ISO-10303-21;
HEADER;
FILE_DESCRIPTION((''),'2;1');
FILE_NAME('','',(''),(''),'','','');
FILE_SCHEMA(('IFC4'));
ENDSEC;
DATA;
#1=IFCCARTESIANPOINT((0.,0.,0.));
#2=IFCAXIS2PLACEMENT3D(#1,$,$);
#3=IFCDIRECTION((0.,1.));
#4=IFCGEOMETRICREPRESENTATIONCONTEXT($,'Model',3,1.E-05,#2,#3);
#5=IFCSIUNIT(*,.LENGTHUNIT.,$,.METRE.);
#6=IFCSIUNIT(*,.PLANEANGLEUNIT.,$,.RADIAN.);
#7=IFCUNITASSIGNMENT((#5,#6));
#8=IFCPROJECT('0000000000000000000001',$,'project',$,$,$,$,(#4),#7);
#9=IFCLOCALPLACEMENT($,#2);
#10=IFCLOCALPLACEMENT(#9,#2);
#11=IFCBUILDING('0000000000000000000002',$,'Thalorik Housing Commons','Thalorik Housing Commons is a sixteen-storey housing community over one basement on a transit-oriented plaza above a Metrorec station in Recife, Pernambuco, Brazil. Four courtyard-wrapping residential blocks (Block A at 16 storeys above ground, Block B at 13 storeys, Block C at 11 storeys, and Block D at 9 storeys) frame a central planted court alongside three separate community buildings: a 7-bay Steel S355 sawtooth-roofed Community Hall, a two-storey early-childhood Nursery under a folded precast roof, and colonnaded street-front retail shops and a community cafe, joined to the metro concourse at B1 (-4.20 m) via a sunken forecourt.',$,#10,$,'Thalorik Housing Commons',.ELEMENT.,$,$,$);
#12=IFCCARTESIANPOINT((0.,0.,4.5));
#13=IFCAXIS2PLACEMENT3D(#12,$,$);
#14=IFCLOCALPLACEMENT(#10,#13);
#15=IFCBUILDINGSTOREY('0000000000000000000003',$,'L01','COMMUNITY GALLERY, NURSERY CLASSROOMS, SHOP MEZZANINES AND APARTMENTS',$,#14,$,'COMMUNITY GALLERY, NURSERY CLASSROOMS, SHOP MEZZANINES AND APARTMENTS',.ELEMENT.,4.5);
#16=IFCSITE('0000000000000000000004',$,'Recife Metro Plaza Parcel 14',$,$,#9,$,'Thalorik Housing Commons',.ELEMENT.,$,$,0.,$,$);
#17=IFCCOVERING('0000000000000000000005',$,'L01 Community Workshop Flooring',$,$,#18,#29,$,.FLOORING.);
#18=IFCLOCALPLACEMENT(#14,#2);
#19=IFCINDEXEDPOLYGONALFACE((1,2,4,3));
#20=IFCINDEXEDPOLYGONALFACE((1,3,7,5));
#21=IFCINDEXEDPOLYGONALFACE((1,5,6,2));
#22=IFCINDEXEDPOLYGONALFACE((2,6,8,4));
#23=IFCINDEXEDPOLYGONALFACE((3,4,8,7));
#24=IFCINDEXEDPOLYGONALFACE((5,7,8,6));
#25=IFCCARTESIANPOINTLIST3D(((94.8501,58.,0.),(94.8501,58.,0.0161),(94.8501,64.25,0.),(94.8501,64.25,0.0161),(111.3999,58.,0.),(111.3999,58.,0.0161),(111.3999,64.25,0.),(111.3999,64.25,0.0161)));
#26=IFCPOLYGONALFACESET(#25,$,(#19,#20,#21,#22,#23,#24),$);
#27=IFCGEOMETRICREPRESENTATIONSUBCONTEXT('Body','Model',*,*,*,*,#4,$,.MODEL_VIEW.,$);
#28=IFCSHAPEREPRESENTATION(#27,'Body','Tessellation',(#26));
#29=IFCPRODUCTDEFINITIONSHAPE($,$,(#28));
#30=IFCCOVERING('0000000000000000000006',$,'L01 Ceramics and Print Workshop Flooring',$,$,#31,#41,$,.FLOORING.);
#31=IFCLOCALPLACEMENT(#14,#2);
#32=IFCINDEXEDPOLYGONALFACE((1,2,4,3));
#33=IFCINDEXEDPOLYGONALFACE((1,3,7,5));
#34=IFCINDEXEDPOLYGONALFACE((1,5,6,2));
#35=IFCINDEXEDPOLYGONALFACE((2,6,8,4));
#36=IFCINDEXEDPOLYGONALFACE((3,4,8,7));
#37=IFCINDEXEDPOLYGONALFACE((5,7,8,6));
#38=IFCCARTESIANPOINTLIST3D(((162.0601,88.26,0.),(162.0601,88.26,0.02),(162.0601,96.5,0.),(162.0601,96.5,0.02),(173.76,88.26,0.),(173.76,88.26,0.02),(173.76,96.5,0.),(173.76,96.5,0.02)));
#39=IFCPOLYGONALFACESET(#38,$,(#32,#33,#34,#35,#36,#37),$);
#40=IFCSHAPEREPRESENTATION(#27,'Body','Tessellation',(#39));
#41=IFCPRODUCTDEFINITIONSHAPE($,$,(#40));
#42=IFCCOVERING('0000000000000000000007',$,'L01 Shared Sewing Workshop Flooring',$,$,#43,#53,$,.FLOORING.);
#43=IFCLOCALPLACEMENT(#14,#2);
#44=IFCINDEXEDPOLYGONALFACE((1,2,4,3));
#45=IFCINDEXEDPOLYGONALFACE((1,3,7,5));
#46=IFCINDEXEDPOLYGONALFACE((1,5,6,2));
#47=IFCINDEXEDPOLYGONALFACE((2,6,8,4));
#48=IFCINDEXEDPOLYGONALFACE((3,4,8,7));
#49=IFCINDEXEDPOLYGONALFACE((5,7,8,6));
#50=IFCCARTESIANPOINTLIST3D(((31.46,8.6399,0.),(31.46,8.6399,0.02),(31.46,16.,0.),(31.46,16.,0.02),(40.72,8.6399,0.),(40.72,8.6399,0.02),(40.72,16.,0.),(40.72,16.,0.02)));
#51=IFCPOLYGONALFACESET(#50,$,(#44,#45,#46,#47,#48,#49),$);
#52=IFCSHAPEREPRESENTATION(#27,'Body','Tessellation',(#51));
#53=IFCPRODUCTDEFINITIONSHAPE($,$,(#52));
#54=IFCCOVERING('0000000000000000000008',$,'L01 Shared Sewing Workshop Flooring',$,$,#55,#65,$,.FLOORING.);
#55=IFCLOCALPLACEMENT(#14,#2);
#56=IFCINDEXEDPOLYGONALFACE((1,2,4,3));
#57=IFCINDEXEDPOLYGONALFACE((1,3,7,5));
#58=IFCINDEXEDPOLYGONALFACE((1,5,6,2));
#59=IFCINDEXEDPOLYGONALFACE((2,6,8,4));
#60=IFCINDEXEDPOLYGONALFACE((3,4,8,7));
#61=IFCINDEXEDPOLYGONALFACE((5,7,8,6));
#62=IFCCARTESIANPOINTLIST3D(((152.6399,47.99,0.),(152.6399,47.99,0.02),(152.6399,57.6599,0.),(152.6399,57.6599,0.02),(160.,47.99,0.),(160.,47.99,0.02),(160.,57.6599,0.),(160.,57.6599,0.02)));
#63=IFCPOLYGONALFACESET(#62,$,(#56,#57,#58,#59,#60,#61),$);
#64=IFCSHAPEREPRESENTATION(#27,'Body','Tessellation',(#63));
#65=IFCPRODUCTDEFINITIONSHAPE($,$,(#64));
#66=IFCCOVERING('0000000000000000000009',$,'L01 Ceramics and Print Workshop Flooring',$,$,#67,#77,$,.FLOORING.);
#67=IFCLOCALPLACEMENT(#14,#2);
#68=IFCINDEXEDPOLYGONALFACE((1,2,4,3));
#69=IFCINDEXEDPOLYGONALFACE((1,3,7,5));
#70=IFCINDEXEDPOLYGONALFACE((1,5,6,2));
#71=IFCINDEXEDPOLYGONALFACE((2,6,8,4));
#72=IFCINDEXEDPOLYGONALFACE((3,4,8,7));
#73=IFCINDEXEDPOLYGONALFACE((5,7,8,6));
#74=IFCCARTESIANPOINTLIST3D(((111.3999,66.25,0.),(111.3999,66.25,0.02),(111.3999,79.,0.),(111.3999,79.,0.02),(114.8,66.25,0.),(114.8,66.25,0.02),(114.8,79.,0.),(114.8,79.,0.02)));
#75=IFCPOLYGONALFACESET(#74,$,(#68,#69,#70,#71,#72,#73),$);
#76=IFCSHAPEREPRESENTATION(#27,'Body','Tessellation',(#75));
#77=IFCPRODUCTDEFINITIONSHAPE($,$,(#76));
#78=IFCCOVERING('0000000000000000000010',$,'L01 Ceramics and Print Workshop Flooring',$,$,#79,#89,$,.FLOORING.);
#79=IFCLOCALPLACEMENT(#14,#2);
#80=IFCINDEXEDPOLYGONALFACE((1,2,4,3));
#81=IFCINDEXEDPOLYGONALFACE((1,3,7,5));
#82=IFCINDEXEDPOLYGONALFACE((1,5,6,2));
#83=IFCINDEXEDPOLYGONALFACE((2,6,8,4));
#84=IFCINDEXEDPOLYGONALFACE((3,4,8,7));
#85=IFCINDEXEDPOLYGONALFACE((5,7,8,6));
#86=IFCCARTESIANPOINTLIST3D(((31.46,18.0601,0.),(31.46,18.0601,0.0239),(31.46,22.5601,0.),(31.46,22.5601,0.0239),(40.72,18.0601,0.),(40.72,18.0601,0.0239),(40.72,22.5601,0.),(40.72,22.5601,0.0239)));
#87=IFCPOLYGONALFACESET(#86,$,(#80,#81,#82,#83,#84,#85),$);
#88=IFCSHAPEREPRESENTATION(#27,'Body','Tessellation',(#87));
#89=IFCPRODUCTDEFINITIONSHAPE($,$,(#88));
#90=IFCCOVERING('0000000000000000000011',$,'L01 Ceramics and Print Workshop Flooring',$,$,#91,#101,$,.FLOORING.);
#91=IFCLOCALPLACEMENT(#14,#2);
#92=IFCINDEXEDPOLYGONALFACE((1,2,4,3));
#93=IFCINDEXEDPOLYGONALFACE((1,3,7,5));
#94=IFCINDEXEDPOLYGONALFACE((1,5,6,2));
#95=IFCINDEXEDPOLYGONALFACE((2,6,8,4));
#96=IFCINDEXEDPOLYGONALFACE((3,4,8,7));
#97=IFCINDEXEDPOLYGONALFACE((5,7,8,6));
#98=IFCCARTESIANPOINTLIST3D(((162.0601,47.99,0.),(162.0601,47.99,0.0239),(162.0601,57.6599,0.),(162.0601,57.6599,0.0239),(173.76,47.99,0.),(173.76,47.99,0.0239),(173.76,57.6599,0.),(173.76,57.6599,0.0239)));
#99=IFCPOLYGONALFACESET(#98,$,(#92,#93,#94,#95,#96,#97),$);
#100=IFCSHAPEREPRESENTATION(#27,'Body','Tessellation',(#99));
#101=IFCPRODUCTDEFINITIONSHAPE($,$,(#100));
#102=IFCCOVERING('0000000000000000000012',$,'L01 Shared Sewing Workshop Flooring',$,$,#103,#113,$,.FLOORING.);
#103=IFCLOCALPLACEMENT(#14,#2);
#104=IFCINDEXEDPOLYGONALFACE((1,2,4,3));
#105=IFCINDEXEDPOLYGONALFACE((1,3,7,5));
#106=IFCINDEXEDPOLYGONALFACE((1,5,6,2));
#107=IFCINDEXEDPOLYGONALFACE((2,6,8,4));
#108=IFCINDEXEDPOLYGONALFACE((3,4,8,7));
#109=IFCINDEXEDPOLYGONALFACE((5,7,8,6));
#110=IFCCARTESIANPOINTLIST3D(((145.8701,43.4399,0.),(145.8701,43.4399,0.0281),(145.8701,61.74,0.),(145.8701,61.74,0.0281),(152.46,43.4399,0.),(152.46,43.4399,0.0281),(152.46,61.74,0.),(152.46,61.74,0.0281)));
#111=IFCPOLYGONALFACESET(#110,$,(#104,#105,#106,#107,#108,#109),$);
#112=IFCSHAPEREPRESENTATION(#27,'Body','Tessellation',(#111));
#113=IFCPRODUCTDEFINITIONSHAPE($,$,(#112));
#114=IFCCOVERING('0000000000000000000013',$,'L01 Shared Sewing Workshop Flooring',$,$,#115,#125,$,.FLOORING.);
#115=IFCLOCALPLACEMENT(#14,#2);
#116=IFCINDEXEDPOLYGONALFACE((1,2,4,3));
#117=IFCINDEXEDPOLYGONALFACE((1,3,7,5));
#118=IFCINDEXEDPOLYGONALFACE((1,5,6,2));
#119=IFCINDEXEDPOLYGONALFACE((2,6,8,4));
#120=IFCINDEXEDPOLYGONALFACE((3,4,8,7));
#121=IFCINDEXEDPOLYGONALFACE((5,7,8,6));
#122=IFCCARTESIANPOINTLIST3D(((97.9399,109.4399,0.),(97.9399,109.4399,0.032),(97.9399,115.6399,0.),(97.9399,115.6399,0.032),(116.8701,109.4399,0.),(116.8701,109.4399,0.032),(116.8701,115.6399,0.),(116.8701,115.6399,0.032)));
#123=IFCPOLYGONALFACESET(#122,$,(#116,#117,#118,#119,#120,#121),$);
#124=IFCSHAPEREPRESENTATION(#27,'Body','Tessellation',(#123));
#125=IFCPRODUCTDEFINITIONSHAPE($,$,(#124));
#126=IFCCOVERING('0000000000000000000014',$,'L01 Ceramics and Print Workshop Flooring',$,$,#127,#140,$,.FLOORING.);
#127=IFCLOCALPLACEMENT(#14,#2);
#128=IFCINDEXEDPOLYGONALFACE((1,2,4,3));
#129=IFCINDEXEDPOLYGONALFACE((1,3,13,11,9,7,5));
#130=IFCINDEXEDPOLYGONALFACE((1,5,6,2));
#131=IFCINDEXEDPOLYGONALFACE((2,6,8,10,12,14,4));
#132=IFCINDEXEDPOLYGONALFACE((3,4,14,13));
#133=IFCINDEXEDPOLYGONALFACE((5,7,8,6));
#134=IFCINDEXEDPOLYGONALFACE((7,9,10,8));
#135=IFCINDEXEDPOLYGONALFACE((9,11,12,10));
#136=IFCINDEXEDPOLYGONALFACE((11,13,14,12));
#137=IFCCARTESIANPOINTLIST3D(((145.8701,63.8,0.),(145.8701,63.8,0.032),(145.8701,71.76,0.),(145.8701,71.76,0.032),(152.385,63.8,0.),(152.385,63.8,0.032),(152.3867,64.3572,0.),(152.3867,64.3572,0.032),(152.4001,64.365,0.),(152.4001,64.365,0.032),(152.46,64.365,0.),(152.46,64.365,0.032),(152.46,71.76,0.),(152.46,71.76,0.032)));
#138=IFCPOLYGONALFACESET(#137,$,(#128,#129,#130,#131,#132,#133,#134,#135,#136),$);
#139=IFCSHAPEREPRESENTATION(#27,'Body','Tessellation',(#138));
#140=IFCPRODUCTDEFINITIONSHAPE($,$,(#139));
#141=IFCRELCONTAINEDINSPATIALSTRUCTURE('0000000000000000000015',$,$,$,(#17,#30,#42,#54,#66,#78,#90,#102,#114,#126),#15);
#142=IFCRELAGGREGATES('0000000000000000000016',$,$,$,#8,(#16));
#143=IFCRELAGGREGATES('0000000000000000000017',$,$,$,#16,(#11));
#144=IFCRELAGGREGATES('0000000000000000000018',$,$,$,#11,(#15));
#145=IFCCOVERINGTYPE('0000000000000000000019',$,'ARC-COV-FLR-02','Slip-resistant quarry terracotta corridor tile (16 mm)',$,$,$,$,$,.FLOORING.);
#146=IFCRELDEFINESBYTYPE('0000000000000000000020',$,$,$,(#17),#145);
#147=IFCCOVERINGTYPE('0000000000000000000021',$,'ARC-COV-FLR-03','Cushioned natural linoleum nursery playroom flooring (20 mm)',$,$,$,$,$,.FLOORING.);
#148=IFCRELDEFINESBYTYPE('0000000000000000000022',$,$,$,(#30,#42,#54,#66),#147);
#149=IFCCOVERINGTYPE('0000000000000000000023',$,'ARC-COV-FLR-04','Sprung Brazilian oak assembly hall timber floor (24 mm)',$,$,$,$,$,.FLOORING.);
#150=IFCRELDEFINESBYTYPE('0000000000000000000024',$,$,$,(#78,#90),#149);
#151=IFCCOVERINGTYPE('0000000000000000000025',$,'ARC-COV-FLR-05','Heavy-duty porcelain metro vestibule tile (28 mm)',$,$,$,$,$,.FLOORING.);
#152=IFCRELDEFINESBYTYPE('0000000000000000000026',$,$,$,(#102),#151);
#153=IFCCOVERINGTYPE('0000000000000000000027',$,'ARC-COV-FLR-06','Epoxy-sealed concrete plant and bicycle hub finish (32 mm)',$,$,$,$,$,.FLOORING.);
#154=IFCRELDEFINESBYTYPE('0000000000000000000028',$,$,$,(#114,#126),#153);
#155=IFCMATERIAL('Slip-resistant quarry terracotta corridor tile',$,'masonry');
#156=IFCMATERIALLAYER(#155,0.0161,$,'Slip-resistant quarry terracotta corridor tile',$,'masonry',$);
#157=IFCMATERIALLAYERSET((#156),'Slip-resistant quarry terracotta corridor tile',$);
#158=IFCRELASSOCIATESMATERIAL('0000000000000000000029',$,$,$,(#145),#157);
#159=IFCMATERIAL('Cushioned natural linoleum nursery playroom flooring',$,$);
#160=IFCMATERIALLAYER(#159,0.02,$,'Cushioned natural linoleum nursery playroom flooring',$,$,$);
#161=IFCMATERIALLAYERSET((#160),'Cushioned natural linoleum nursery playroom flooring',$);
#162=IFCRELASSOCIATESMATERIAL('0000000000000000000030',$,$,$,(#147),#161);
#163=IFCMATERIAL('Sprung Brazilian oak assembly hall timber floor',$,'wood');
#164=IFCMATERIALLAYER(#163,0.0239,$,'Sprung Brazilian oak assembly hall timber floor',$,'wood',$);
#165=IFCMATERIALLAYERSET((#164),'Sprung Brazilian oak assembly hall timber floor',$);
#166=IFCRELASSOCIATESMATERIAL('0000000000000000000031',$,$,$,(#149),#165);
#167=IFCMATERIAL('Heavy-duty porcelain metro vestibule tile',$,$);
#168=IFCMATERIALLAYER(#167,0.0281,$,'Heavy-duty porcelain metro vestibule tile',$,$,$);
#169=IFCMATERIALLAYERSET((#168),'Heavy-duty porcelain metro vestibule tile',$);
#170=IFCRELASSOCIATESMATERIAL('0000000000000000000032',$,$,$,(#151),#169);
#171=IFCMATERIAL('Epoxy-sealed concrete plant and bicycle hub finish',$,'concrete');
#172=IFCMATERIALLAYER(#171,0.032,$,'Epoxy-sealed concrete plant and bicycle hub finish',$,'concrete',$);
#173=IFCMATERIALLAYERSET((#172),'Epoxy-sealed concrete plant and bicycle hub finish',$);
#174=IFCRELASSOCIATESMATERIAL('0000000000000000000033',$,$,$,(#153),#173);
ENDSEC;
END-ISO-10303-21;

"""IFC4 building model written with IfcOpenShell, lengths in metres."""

from ifc_helpers import new_model, si_unit, direction, frame, origin, place, context, subcontext, project, spatial, polyline, outline, extrude, material, layer, layer_set, type_object, element, save


model = new_model("IFC4")

# Units and contexts
model_context = context("Model", 3, precision=1e-05, world=origin(), true_north=direction((0.0, 1.0)))
body_context = subcontext(model_context, "Body", "Model", "MODEL_VIEW")
ifc_project = project(units=[si_unit("LENGTHUNIT", "METRE"), si_unit("PLANEANGLEUNIT", "RADIAN")], contexts=[model_context])

# Site, building, storey
site_placement = place(None, origin())
site = spatial("IfcSite", under=ifc_project, at=site_placement, Name="Recife Metro Plaza Parcel 14", LongName="Thalorik Housing Commons", CompositionType="ELEMENT", RefElevation=0.0)
building_placement = place(site_placement, origin())
building = spatial("IfcBuilding", under=site, at=building_placement, Name="Thalorik Housing Commons", Description="Thalorik Housing Commons is a sixteen-storey housing community over one basement on a transit-oriented plaza above a Metrorec station in Recife, Pernambuco, Brazil. Four courtyard-wrapping residential blocks (Block A at 16 storeys above ground, Block B at 13 storeys, Block C at 11 storeys, and Block D at 9 storeys) frame a central planted court alongside three separate community buildings: a 7-bay Steel S355 sawtooth-roofed Community Hall, a two-storey early-childhood Nursery under a folded precast roof, and colonnaded street-front retail shops and a community cafe, joined to the metro concourse at B1 (-4.20 m) via a sunken forecourt.", LongName="Thalorik Housing Commons", CompositionType="ELEMENT")
storey_placement = place(building_placement, frame((0.0, 0.0, 4.5)))
storey = spatial("IfcBuildingStorey", under=building, at=storey_placement, Name="L01", Description="COMMUNITY GALLERY, NURSERY CLASSROOMS, SHOP MEZZANINES AND APARTMENTS", LongName="COMMUNITY GALLERY, NURSERY CLASSROOMS, SHOP MEZZANINES AND APARTMENTS", CompositionType="ELEMENT", Elevation=4.5)

# Coverings
ifc_material_1 = material(Name="Slip-resistant quarry terracotta corridor tile", Category="masonry")
ifc_layer_1 = layer(ifc_material_1, 0.0161, Name="Slip-resistant quarry terracotta corridor tile", Category="masonry")
ifc_layer_set_1 = layer_set([ifc_layer_1], Name="Slip-resistant quarry terracotta corridor tile")
covering_type_1 = type_object("IfcCoveringType", Name="ARC-COV-FLR-02", Description="Slip-resistant quarry terracotta corridor tile (16 mm)", PredefinedType="FLOORING", material=ifc_layer_set_1)
covering_1_placement = place(storey_placement, origin())
element("IfcCovering", 1, at=covering_1_placement, inside=storey, type_object=covering_type_1, Name="L01 Community Workshop Flooring", PredefinedType="FLOORING", context=body_context, shape_type="SweptSolid", body=[
    extrude(outline(polyline([(111.3999, 58.0), (111.3999, 64.25), (94.8501, 64.25), (94.8501, 58.0), (111.3999, 58.0)])), origin(), (0.0, 0.0, 1.0), 0.0161),
])
ifc_material_2 = material(Name="Cushioned natural linoleum nursery playroom flooring")
ifc_layer_2 = layer(ifc_material_2, 0.02, Name="Cushioned natural linoleum nursery playroom flooring")
ifc_layer_set_2 = layer_set([ifc_layer_2], Name="Cushioned natural linoleum nursery playroom flooring")
covering_type_2 = type_object("IfcCoveringType", Name="ARC-COV-FLR-03", Description="Cushioned natural linoleum nursery playroom flooring (20 mm)", PredefinedType="FLOORING", material=ifc_layer_set_2)
covering_2_placement = place(storey_placement, origin())
element("IfcCovering", 2, at=covering_2_placement, inside=storey, type_object=covering_type_2, Name="L01 Ceramics and Print Workshop Flooring", PredefinedType="FLOORING", context=body_context, shape_type="SweptSolid", body=[
    extrude(outline(polyline([(173.76, 96.5), (162.0601, 96.5), (162.0601, 88.26), (173.76, 88.26), (173.76, 96.5)])), origin(), (0.0, 0.0, 1.0), 0.02),
])
covering_3_placement = place(storey_placement, origin())
element("IfcCovering", 3, at=covering_3_placement, inside=storey, type_object=covering_type_2, Name="L01 Shared Sewing Workshop Flooring", PredefinedType="FLOORING", context=body_context, shape_type="SweptSolid", body=[
    extrude(outline(polyline([(40.72, 8.6399), (40.72, 16.0), (31.46, 16.0), (31.46, 8.6399), (40.72, 8.6399)])), origin(), (0.0, 0.0, 1.0), 0.02),
])
covering_4_placement = place(storey_placement, origin())
element("IfcCovering", 4, at=covering_4_placement, inside=storey, type_object=covering_type_2, Name="L01 Shared Sewing Workshop Flooring", PredefinedType="FLOORING", context=body_context, shape_type="SweptSolid", body=[
    extrude(outline(polyline([(160.0, 57.6599), (152.6399, 57.6599), (152.6399, 47.99), (160.0, 47.99), (160.0, 57.6599)])), origin(), (0.0, 0.0, 1.0), 0.02),
])
covering_5_placement = place(storey_placement, origin())
element("IfcCovering", 5, at=covering_5_placement, inside=storey, type_object=covering_type_2, Name="L01 Ceramics and Print Workshop Flooring", PredefinedType="FLOORING", context=body_context, shape_type="SweptSolid", body=[
    extrude(outline(polyline([(114.8, 66.25), (114.8, 79.0), (111.3999, 79.0), (111.3999, 66.25), (114.8, 66.25)])), origin(), (0.0, 0.0, 1.0), 0.02),
])
ifc_material_3 = material(Name="Sprung Brazilian oak assembly hall timber floor", Category="wood")
ifc_layer_3 = layer(ifc_material_3, 0.0239, Name="Sprung Brazilian oak assembly hall timber floor", Category="wood")
ifc_layer_set_3 = layer_set([ifc_layer_3], Name="Sprung Brazilian oak assembly hall timber floor")
covering_type_3 = type_object("IfcCoveringType", Name="ARC-COV-FLR-04", Description="Sprung Brazilian oak assembly hall timber floor (24 mm)", PredefinedType="FLOORING", material=ifc_layer_set_3)
covering_6_placement = place(storey_placement, origin())
element("IfcCovering", 6, at=covering_6_placement, inside=storey, type_object=covering_type_3, Name="L01 Ceramics and Print Workshop Flooring", PredefinedType="FLOORING", context=body_context, shape_type="SweptSolid", body=[
    extrude(outline(polyline([(40.72, 18.0601), (40.72, 22.5601), (31.46, 22.5601), (31.46, 18.0601), (40.72, 18.0601)])), origin(), (0.0, 0.0, 1.0), 0.0239),
])
covering_7_placement = place(storey_placement, origin())
element("IfcCovering", 7, at=covering_7_placement, inside=storey, type_object=covering_type_3, Name="L01 Ceramics and Print Workshop Flooring", PredefinedType="FLOORING", context=body_context, shape_type="SweptSolid", body=[
    extrude(outline(polyline([(173.76, 57.6599), (162.0601, 57.6599), (162.0601, 47.99), (173.76, 47.99), (173.76, 57.6599)])), origin(), (0.0, 0.0, 1.0), 0.0239),
])
ifc_material_4 = material(Name="Heavy-duty porcelain metro vestibule tile")
ifc_layer_4 = layer(ifc_material_4, 0.0281, Name="Heavy-duty porcelain metro vestibule tile")
ifc_layer_set_4 = layer_set([ifc_layer_4], Name="Heavy-duty porcelain metro vestibule tile")
covering_type_4 = type_object("IfcCoveringType", Name="ARC-COV-FLR-05", Description="Heavy-duty porcelain metro vestibule tile (28 mm)", PredefinedType="FLOORING", material=ifc_layer_set_4)
covering_8_placement = place(storey_placement, origin())
element("IfcCovering", 8, at=covering_8_placement, inside=storey, type_object=covering_type_4, Name="L01 Shared Sewing Workshop Flooring", PredefinedType="FLOORING", context=body_context, shape_type="SweptSolid", body=[
    extrude(outline(polyline([(152.46, 43.4399), (152.46, 61.74), (145.8701, 61.74), (145.8701, 43.4399), (152.46, 43.4399)])), origin(), (0.0, 0.0, 1.0), 0.0281),
])
ifc_material_5 = material(Name="Epoxy-sealed concrete plant and bicycle hub finish", Category="concrete")
ifc_layer_5 = layer(ifc_material_5, 0.032, Name="Epoxy-sealed concrete plant and bicycle hub finish", Category="concrete")
ifc_layer_set_5 = layer_set([ifc_layer_5], Name="Epoxy-sealed concrete plant and bicycle hub finish")
covering_type_5 = type_object("IfcCoveringType", Name="ARC-COV-FLR-06", Description="Epoxy-sealed concrete plant and bicycle hub finish (32 mm)", PredefinedType="FLOORING", material=ifc_layer_set_5)
covering_9_placement = place(storey_placement, origin())
element("IfcCovering", 9, at=covering_9_placement, inside=storey, type_object=covering_type_5, Name="L01 Shared Sewing Workshop Flooring", PredefinedType="FLOORING", context=body_context, shape_type="SweptSolid", body=[
    extrude(outline(polyline([(116.8701, 109.4399), (116.8701, 115.6399), (97.9399, 115.6399), (97.9399, 109.4399), (116.8701, 109.4399)])), origin(), (0.0, 0.0, 1.0), 0.032),
])
covering_10_placement = place(storey_placement, origin())
element("IfcCovering", 10, at=covering_10_placement, inside=storey, type_object=covering_type_5, Name="L01 Ceramics and Print Workshop Flooring", PredefinedType="FLOORING", context=body_context, shape_type="SweptSolid", body=[
    extrude(outline(polyline([(145.8701, 63.8), (152.385, 63.8), (152.3867, 64.3572), (152.4001, 64.365), (152.46, 64.365), (152.46, 71.76), (145.8701, 71.76), (145.8701, 63.8)])), origin(), (0.0, 0.0, 1.0), 0.032),
])

save(model, "model.ifc")
